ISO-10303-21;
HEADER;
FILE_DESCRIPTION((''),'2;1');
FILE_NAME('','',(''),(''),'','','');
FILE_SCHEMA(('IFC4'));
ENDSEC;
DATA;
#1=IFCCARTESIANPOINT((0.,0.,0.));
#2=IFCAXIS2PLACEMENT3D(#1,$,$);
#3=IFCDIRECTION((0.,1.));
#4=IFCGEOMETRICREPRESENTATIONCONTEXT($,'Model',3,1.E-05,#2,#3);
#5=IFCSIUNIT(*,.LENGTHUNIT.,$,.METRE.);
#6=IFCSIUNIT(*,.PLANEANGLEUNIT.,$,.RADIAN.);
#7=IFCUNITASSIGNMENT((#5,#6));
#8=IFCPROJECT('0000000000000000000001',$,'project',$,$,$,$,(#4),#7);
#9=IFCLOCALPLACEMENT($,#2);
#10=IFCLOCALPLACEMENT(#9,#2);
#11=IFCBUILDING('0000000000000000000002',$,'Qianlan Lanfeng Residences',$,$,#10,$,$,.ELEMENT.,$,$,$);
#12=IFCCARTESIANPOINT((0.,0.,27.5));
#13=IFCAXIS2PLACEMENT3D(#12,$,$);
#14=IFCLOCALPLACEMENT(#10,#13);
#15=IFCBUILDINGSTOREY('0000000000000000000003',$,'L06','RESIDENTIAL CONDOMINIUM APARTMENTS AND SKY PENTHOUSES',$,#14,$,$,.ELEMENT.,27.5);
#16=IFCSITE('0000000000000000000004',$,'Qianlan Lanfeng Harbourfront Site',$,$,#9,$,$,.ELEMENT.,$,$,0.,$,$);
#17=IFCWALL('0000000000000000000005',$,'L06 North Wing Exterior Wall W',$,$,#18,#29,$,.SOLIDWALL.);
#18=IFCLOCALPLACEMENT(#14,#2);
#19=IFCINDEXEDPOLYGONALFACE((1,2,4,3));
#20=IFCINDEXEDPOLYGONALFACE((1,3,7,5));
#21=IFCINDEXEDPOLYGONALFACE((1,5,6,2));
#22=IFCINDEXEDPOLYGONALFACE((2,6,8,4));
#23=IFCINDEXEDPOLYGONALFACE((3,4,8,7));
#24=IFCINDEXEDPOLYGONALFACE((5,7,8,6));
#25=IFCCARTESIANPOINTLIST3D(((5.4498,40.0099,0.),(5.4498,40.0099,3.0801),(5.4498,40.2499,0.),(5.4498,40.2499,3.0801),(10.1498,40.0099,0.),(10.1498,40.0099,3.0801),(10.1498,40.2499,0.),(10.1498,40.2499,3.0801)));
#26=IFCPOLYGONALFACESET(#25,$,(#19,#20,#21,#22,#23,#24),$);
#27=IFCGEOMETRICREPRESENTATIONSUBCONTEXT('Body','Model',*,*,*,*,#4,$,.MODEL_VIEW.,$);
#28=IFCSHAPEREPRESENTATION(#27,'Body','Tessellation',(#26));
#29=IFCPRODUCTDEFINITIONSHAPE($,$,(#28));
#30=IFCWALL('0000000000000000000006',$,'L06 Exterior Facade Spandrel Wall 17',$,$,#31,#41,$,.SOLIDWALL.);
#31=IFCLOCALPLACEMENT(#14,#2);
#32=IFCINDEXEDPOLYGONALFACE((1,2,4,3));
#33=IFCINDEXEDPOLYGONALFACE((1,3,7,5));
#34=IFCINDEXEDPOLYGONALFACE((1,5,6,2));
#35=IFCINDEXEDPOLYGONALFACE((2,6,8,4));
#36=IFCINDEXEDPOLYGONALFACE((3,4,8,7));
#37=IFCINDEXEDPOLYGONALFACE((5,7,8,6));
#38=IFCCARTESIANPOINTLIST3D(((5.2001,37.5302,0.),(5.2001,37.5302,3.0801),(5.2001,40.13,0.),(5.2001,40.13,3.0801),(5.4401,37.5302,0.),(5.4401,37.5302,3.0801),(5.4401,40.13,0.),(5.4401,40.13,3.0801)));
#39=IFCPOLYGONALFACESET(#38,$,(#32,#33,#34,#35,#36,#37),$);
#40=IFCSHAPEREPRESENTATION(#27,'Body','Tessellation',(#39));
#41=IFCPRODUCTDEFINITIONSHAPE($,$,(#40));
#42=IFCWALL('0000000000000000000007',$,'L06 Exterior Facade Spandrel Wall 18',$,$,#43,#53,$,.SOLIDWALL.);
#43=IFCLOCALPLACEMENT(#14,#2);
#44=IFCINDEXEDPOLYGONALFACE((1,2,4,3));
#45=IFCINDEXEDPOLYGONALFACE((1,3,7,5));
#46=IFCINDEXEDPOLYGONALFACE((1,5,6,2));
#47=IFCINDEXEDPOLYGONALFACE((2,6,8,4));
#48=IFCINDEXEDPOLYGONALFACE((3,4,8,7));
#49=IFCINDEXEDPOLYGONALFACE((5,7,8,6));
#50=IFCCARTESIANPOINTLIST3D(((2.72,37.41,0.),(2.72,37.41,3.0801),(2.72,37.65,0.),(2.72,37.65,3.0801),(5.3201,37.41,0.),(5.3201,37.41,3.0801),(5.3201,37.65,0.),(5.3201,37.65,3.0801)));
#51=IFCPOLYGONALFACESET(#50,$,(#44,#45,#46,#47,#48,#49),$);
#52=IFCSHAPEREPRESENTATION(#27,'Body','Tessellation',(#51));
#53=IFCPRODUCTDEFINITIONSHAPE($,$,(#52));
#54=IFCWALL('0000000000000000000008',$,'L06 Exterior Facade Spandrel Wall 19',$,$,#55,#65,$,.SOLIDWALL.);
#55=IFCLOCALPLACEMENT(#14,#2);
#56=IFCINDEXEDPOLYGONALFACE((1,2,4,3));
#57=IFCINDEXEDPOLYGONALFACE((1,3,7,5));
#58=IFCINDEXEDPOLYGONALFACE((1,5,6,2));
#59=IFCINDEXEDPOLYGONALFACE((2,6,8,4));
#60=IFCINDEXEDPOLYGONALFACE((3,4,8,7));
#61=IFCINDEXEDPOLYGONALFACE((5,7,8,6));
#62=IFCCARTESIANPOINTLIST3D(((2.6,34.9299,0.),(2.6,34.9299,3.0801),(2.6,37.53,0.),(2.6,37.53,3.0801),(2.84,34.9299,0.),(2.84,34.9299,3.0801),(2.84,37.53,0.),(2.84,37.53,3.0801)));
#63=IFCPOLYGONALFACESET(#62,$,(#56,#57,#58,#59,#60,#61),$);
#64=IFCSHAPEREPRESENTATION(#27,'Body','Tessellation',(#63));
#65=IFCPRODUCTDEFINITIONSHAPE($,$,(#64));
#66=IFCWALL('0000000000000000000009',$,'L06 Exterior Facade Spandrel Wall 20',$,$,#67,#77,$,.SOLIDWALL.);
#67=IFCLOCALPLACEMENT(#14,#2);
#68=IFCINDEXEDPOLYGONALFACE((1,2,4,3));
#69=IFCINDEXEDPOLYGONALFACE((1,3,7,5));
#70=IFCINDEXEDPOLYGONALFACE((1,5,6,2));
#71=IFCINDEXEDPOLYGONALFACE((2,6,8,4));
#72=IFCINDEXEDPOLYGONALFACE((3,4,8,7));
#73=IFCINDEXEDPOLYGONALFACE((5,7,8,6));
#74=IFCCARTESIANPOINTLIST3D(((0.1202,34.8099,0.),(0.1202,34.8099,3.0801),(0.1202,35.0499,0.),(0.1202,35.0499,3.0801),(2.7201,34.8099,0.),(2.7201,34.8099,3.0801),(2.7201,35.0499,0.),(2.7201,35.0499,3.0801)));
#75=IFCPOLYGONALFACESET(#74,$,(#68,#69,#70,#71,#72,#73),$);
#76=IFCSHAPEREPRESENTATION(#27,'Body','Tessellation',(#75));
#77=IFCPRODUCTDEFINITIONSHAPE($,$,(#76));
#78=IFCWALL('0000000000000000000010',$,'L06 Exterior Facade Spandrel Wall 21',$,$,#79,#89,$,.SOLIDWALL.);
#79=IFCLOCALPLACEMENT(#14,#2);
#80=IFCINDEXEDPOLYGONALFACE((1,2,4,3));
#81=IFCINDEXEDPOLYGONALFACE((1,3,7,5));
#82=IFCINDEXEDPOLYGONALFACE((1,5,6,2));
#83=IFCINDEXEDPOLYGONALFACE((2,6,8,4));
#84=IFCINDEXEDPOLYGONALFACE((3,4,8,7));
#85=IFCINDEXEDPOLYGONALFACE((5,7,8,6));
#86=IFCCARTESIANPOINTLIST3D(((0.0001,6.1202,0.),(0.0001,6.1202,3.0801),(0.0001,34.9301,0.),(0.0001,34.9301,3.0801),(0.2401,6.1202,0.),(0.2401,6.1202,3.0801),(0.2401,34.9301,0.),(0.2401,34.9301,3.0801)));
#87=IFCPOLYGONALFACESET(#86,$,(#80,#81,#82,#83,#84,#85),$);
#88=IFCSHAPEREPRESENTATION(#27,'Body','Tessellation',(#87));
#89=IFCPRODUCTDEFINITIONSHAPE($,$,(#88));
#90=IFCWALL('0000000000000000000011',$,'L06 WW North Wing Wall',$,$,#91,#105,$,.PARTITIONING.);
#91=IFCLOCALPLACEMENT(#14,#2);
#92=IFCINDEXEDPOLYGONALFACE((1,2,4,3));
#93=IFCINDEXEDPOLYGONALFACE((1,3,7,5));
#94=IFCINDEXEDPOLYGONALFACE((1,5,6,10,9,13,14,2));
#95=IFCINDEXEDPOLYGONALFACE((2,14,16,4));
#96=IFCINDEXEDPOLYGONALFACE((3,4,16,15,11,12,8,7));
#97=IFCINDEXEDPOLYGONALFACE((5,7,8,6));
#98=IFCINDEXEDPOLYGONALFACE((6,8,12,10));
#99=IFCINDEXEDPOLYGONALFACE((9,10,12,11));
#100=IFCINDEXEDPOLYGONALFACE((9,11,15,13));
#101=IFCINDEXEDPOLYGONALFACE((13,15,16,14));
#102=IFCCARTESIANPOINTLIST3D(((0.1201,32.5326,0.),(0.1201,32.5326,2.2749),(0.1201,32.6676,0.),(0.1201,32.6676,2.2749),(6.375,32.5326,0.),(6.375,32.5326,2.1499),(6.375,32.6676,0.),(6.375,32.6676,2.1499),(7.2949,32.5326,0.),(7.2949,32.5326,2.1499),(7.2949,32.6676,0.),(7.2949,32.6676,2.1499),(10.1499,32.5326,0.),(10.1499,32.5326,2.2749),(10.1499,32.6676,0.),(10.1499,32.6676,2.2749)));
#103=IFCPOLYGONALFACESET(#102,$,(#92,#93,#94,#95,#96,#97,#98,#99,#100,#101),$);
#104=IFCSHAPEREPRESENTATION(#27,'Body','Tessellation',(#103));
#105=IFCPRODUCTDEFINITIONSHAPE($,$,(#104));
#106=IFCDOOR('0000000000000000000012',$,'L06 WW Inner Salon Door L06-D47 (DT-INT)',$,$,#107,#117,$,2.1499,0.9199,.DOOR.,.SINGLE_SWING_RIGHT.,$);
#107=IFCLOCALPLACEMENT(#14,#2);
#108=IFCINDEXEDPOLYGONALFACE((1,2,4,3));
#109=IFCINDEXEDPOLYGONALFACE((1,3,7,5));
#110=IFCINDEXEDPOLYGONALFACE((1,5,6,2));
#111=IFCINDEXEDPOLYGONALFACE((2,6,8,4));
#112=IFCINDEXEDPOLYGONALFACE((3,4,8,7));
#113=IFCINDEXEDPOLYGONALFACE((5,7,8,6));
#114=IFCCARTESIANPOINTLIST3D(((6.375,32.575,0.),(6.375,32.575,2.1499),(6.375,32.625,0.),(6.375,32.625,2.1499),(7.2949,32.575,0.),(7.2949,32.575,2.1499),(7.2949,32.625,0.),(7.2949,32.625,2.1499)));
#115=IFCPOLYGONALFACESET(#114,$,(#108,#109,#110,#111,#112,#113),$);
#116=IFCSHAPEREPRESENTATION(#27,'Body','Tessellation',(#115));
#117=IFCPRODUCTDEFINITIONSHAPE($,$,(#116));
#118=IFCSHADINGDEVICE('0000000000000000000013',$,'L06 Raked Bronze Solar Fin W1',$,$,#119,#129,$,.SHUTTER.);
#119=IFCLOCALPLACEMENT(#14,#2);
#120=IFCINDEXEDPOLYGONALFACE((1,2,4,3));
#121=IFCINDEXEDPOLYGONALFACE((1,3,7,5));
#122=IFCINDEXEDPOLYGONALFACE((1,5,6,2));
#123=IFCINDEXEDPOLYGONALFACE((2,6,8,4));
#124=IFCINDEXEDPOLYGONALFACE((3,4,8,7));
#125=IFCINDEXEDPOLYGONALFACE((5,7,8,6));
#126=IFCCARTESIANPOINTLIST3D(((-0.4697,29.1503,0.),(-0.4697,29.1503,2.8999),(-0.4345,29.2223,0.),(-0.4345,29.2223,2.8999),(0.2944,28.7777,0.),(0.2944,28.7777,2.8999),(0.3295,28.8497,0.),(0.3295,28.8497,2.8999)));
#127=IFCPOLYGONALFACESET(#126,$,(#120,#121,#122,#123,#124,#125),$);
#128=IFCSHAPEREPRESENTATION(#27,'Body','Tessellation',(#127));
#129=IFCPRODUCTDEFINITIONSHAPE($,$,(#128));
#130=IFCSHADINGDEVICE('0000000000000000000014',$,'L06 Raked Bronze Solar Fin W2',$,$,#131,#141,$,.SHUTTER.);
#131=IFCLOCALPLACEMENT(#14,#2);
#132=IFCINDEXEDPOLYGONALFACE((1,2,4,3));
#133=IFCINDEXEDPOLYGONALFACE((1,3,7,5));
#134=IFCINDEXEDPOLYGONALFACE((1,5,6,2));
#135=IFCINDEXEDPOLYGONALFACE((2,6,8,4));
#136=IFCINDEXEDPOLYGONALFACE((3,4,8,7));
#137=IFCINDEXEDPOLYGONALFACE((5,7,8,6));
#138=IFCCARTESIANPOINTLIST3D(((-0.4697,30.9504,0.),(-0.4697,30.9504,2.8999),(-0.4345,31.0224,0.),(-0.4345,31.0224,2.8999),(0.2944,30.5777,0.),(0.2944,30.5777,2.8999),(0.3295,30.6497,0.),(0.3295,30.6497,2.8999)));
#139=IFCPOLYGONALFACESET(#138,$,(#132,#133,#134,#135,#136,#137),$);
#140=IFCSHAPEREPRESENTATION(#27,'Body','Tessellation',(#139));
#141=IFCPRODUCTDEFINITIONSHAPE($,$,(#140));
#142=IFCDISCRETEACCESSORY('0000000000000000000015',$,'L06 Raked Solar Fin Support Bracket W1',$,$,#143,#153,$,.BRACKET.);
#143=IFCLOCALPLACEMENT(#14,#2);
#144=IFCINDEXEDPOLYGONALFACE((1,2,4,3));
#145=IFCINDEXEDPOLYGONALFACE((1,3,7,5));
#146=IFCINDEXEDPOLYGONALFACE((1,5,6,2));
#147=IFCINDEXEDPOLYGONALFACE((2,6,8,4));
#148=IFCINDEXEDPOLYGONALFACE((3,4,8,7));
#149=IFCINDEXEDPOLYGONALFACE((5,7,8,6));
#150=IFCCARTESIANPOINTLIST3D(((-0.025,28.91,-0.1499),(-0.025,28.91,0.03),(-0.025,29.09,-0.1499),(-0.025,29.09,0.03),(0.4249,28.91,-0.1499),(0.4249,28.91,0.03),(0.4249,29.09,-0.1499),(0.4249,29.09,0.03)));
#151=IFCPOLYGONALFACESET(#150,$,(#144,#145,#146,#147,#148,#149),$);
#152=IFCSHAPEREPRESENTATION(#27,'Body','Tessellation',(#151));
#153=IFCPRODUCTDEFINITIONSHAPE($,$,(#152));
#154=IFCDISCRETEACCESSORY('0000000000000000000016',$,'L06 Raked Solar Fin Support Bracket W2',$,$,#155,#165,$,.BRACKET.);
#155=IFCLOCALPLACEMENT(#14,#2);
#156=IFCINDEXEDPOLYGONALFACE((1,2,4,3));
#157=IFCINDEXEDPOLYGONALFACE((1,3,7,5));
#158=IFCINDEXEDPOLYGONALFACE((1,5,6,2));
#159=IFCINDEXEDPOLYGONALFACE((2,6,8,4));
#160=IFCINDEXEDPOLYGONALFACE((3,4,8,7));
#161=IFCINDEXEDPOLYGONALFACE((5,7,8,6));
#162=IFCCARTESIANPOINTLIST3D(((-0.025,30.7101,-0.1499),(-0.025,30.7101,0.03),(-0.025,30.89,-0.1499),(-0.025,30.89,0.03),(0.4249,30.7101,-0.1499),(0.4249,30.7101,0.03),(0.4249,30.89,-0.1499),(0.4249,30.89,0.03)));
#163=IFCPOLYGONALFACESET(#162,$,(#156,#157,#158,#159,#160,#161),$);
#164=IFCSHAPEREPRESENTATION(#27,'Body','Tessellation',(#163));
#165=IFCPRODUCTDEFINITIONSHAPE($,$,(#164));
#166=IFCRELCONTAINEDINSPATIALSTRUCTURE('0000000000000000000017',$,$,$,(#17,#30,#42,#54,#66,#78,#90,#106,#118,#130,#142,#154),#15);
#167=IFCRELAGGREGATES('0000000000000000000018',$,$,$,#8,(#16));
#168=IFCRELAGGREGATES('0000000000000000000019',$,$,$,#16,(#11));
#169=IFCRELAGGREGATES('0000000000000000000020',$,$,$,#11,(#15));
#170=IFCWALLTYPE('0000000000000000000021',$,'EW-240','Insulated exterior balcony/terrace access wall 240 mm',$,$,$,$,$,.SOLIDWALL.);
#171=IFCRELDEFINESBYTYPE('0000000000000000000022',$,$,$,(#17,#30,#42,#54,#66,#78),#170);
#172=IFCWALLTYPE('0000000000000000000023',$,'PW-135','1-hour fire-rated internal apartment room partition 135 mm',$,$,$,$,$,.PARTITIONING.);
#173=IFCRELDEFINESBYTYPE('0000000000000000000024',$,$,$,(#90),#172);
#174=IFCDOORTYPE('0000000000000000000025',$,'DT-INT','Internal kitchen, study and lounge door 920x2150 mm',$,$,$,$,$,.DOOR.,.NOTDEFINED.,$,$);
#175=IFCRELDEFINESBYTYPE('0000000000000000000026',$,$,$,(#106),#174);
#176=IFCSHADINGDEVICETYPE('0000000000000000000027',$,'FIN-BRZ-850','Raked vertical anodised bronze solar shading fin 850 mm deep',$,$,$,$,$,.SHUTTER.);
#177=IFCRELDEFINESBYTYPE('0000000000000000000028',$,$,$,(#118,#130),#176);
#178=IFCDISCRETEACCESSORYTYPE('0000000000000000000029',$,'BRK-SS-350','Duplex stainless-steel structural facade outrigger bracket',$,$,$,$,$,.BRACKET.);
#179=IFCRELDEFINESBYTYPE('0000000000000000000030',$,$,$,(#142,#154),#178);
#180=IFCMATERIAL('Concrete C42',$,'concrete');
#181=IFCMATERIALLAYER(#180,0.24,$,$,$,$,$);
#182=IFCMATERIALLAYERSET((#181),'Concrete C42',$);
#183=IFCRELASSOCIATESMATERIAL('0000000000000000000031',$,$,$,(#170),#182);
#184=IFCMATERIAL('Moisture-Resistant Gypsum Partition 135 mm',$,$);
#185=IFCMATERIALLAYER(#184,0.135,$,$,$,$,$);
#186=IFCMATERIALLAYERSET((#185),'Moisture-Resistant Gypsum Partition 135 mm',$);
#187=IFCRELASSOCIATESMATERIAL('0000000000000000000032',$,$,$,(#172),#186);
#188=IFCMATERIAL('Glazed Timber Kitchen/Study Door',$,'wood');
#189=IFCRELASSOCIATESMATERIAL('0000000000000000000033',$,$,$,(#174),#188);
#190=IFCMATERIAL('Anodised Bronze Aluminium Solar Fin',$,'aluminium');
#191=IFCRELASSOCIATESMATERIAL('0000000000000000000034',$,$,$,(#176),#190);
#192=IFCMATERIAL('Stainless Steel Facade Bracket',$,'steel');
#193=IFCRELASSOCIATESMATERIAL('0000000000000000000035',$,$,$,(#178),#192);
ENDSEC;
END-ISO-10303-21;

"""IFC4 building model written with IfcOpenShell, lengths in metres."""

from ifc_helpers import new_model, si_unit, direction, frame, frame_2d, origin, origin_2d, place, context, subcontext, project, spatial, rectangle, extrude, source, transform, mapped, material, layer, layer_set, type_object, element, fill, save


model = new_model("IFC4")

# Units and contexts
model_context = context("Model", 3, precision=1e-05, world=origin(), true_north=direction((0.0, 1.0)))
body_context = subcontext(model_context, "Body", "Model", "MODEL_VIEW")
ifc_project = project(units=[si_unit("LENGTHUNIT", "METRE"), si_unit("PLANEANGLEUNIT", "RADIAN")], contexts=[model_context])

# Site, building, storey
site_placement = place(None, origin())
site = spatial("IfcSite", under=ifc_project, at=site_placement, Name="Qianlan Lanfeng Harbourfront Site", CompositionType="ELEMENT", RefElevation=0.0)
building_placement = place(site_placement, origin())
building = spatial("IfcBuilding", under=site, at=building_placement, Name="Qianlan Lanfeng Residences", CompositionType="ELEMENT")
storey_placement = place(building_placement, frame((0.0, 0.0, 27.5)))
storey = spatial("IfcBuildingStorey", under=building, at=storey_placement, Name="L06", Description="RESIDENTIAL CONDOMINIUM APARTMENTS AND SKY PENTHOUSES", CompositionType="ELEMENT", Elevation=27.5)

# Walls
ifc_material_1 = material(Name="Concrete C42", Category="concrete")
ifc_layer_1 = layer(ifc_material_1, 0.24)
ifc_layer_set_1 = layer_set([ifc_layer_1], Name="Concrete C42")
wall_type_1 = type_object("IfcWallType", Name="EW-240", Description="Insulated exterior balcony/terrace access wall 240 mm", PredefinedType="SOLIDWALL", material=ifc_layer_set_1)
wall_1_placement = place(storey_placement, frame((10.1499, 40.1299, 0.0), z_axis=(0.0, 0.0, 1.0), x_axis=(-1.0, 0.0, 0.0)))
element("IfcWall", 1, at=wall_1_placement, inside=storey, type_object=wall_type_1, Name="L06 North Wing Exterior Wall W", PredefinedType="SOLIDWALL", context=body_context, shape_type="SweptSolid", body=[
    extrude(rectangle(XDim=4.7, YDim=0.24, at=frame_2d((2.3501, 0.0))), origin(), (0.0, 0.0, 1.0), 3.0801),
])
wall_2_placement = place(storey_placement, frame((5.3201, 40.1299, 0.0), z_axis=(0.0, 0.0, 1.0), x_axis=(0.0, -1.0, 0.0)))
element("IfcWall", 2, at=wall_2_placement, inside=storey, type_object=wall_type_1, Name="L06 Exterior Facade Spandrel Wall 17", PredefinedType="SOLIDWALL", context=body_context, shape_type="SweptSolid", body=[
    extrude(rectangle(XDim=2.5999, YDim=0.24, at=frame_2d((1.2998, 0.0))), origin(), (0.0, 0.0, 1.0), 3.0801),
])
for number, where, z_axis, x_axis, name in (
    (3, (5.3201, 37.53, 0.0), (0.0, 0.0, 1.0), (-1.0, 0.0, 0.0), "L06 Exterior Facade Spandrel Wall 18"),
    (4, (2.72, 37.53, 0.0), (0.0, 0.0, 1.0), (0.0, -1.0, 0.0), "L06 Exterior Facade Spandrel Wall 19"),
):
    element("IfcWall", number, at=place(storey_placement, frame(where, z_axis=z_axis, x_axis=x_axis)), inside=storey, type_object=wall_type_1, Name=name, PredefinedType="SOLIDWALL", context=body_context, shape_type="SweptSolid", body=[
        extrude(rectangle(XDim=2.6001, YDim=0.24, at=frame_2d((1.3, 0.0))), origin(), (0.0, 0.0, 1.0), 3.0801),
    ])
wall_3_placement = place(storey_placement, frame((2.72, 34.9299, 0.0), z_axis=(0.0, 0.0, 1.0), x_axis=(-1.0, 0.0, 0.0)))
element("IfcWall", 5, at=wall_3_placement, inside=storey, type_object=wall_type_1, Name="L06 Exterior Facade Spandrel Wall 20", PredefinedType="SOLIDWALL", context=body_context, shape_type="SweptSolid", body=[
    extrude(rectangle(XDim=2.5999, YDim=0.24, at=frame_2d((1.2998, 0.0))), origin(), (0.0, 0.0, 1.0), 3.0801),
])
wall_4_placement = place(storey_placement, frame((0.1201, 34.9299, 0.0), z_axis=(0.0, 0.0, 1.0), x_axis=(0.0, -1.0, 0.0)))
element("IfcWall", 6, at=wall_4_placement, inside=storey, type_object=wall_type_1, Name="L06 Exterior Facade Spandrel Wall 21", PredefinedType="SOLIDWALL", context=body_context, shape_type="SweptSolid", body=[
    extrude(rectangle(XDim=28.8098, YDim=0.24, at=frame_2d((14.4048, 0.0))), origin(), (0.0, 0.0, 1.0), 3.0801),
])

# Wall, opening, door
ifc_material_2 = material(Name="Moisture-Resistant Gypsum Partition 135 mm")
ifc_layer_2 = layer(ifc_material_2, 0.135)
ifc_layer_set_2 = layer_set([ifc_layer_2], Name="Moisture-Resistant Gypsum Partition 135 mm")
wall_type_2 = type_object("IfcWallType", Name="PW-135", Description="1-hour fire-rated internal apartment room partition 135 mm", PredefinedType="PARTITIONING", material=ifc_layer_set_2)
wall_5_placement = place(storey_placement, frame((0.1201, 32.6001, 0.0), z_axis=(0.0, 0.0, 1.0), x_axis=(1.0, 0.0, 0.0)))
wall_5 = element("IfcWall", 7, at=wall_5_placement, inside=storey, type_object=wall_type_2, Name="L06 WW North Wing Wall", PredefinedType="PARTITIONING", context=body_context, shape_type="SweptSolid", body=[
    extrude(rectangle(XDim=10.0298, YDim=0.135, at=frame_2d((5.0149, 0.0))), origin(), (0.0, 0.0, 1.0), 2.2749),
])
opening_1_placement = place(wall_5_placement, frame((6.2549, 0.0, 0.0)))
opening_1 = element("IfcOpeningElement", 8, at=opening_1_placement, cuts=wall_5, PredefinedType="OPENING", context=body_context, shape_type="SweptSolid", body=[
    extrude(rectangle(XDim=0.9199, YDim=2.1499, at=frame_2d((0.46, 1.075))), frame((0.0, 0.0776, 0.0), z_axis=(0.0, -1.0, 0.0), x_axis=(1.0, 0.0, 0.0)), (0.0, 0.0, 1.0), 0.155),
])
ifc_material_3 = material(Name="Glazed Timber Kitchen/Study Door", Category="wood")
door_type_1 = type_object("IfcDoorType", Name="DT-INT", Description="Internal kitchen, study and lounge door 920x2150 mm", OperationType="NOTDEFINED", PredefinedType="DOOR", material=ifc_material_3)
door_1_placement = place(opening_1_placement, origin())
door_1 = element("IfcDoor", 9, at=door_1_placement, inside=storey, type_object=door_type_1, Name="L06 WW Inner Salon Door L06-D47 (DT-INT)", OperationType="SINGLE_SWING_RIGHT", OverallHeight=2.1499, OverallWidth=0.9199, PredefinedType="DOOR", context=body_context, shape_type="SweptSolid", body=[
    extrude(rectangle(XDim=0.9199, YDim=2.1499, at=frame_2d((0.46, 1.075))), frame((0.0, 0.0249, 0.0), z_axis=(0.0, -1.0, 0.0), x_axis=(1.0, 0.0, 0.0)), (0.0, 0.0, 1.0), 0.05),
])
fill(opening_1, door_1)

# Shading devices
ifc_material_4 = material(Name="Anodised Bronze Aluminium Solar Fin", Category="aluminium")
shading_device_type = type_object("IfcShadingDeviceType", Name="FIN-BRZ-850", Description="Raked vertical anodised bronze solar shading fin 850 mm deep", PredefinedType="SHUTTER", material=ifc_material_4)
shared_shape_1 = source(origin(), body_context, "Body", "SweptSolid", [
    extrude(rectangle(XDim=0.8501, YDim=0.0801, at=origin_2d()), origin(), (0.0, 0.0, 1.0), 2.8999),
])
for number, where, z_axis, x_axis, name in (
    (10, (-0.0701, 29.0, 0.0), (0.0, 0.0, 1.0), (0.898794, -0.438371, 0.0), "L06 Raked Bronze Solar Fin W1"),
    (11, (-0.0701, 30.8, 0.0), (0.0, 0.0, 1.0), (0.898794, -0.438371, 0.0), "L06 Raked Bronze Solar Fin W2"),
):
    element("IfcShadingDevice", number, at=place(storey_placement, frame(where, z_axis=z_axis, x_axis=x_axis)), inside=storey, type_object=shading_device_type, Name=name, PredefinedType="SHUTTER", context=body_context, shape_type="MappedRepresentation", body=[
        mapped(shared_shape_1, transform((0.0, 0.0, 0.0), scale=1.0)),
    ])

# Discrete accessories
ifc_material_5 = material(Name="Stainless Steel Facade Bracket", Category="steel")
discrete_accessory_type = type_object("IfcDiscreteAccessoryType", Name="BRK-SS-350", Description="Duplex stainless-steel structural facade outrigger bracket", PredefinedType="BRACKET", material=ifc_material_5)
shared_shape_2 = source(origin(), body_context, "Body", "SweptSolid", [
    extrude(rectangle(XDim=0.45, YDim=0.1799, at=origin_2d()), origin(), (0.0, 0.0, 1.0), 0.1799),
])
for number, where, z_axis, x_axis, name in (
    (12, (0.2, 29.0, -0.1499), (0.0, 0.0, 1.0), (1.0, 0.0, 0.0), "L06 Raked Solar Fin Support Bracket W1"),
    (13, (0.2, 30.8, -0.1499), (0.0, 0.0, 1.0), (1.0, 0.0, 0.0), "L06 Raked Solar Fin Support Bracket W2"),
):
    element("IfcDiscreteAccessory", number, at=place(storey_placement, frame(where, z_axis=z_axis, x_axis=x_axis)), inside=storey, type_object=discrete_accessory_type, Name=name, PredefinedType="BRACKET", context=body_context, shape_type="MappedRepresentation", body=[
        mapped(shared_shape_2, transform((0.0, 0.0, 0.0), scale=1.0)),
    ])

save(model, "model.ifc")
